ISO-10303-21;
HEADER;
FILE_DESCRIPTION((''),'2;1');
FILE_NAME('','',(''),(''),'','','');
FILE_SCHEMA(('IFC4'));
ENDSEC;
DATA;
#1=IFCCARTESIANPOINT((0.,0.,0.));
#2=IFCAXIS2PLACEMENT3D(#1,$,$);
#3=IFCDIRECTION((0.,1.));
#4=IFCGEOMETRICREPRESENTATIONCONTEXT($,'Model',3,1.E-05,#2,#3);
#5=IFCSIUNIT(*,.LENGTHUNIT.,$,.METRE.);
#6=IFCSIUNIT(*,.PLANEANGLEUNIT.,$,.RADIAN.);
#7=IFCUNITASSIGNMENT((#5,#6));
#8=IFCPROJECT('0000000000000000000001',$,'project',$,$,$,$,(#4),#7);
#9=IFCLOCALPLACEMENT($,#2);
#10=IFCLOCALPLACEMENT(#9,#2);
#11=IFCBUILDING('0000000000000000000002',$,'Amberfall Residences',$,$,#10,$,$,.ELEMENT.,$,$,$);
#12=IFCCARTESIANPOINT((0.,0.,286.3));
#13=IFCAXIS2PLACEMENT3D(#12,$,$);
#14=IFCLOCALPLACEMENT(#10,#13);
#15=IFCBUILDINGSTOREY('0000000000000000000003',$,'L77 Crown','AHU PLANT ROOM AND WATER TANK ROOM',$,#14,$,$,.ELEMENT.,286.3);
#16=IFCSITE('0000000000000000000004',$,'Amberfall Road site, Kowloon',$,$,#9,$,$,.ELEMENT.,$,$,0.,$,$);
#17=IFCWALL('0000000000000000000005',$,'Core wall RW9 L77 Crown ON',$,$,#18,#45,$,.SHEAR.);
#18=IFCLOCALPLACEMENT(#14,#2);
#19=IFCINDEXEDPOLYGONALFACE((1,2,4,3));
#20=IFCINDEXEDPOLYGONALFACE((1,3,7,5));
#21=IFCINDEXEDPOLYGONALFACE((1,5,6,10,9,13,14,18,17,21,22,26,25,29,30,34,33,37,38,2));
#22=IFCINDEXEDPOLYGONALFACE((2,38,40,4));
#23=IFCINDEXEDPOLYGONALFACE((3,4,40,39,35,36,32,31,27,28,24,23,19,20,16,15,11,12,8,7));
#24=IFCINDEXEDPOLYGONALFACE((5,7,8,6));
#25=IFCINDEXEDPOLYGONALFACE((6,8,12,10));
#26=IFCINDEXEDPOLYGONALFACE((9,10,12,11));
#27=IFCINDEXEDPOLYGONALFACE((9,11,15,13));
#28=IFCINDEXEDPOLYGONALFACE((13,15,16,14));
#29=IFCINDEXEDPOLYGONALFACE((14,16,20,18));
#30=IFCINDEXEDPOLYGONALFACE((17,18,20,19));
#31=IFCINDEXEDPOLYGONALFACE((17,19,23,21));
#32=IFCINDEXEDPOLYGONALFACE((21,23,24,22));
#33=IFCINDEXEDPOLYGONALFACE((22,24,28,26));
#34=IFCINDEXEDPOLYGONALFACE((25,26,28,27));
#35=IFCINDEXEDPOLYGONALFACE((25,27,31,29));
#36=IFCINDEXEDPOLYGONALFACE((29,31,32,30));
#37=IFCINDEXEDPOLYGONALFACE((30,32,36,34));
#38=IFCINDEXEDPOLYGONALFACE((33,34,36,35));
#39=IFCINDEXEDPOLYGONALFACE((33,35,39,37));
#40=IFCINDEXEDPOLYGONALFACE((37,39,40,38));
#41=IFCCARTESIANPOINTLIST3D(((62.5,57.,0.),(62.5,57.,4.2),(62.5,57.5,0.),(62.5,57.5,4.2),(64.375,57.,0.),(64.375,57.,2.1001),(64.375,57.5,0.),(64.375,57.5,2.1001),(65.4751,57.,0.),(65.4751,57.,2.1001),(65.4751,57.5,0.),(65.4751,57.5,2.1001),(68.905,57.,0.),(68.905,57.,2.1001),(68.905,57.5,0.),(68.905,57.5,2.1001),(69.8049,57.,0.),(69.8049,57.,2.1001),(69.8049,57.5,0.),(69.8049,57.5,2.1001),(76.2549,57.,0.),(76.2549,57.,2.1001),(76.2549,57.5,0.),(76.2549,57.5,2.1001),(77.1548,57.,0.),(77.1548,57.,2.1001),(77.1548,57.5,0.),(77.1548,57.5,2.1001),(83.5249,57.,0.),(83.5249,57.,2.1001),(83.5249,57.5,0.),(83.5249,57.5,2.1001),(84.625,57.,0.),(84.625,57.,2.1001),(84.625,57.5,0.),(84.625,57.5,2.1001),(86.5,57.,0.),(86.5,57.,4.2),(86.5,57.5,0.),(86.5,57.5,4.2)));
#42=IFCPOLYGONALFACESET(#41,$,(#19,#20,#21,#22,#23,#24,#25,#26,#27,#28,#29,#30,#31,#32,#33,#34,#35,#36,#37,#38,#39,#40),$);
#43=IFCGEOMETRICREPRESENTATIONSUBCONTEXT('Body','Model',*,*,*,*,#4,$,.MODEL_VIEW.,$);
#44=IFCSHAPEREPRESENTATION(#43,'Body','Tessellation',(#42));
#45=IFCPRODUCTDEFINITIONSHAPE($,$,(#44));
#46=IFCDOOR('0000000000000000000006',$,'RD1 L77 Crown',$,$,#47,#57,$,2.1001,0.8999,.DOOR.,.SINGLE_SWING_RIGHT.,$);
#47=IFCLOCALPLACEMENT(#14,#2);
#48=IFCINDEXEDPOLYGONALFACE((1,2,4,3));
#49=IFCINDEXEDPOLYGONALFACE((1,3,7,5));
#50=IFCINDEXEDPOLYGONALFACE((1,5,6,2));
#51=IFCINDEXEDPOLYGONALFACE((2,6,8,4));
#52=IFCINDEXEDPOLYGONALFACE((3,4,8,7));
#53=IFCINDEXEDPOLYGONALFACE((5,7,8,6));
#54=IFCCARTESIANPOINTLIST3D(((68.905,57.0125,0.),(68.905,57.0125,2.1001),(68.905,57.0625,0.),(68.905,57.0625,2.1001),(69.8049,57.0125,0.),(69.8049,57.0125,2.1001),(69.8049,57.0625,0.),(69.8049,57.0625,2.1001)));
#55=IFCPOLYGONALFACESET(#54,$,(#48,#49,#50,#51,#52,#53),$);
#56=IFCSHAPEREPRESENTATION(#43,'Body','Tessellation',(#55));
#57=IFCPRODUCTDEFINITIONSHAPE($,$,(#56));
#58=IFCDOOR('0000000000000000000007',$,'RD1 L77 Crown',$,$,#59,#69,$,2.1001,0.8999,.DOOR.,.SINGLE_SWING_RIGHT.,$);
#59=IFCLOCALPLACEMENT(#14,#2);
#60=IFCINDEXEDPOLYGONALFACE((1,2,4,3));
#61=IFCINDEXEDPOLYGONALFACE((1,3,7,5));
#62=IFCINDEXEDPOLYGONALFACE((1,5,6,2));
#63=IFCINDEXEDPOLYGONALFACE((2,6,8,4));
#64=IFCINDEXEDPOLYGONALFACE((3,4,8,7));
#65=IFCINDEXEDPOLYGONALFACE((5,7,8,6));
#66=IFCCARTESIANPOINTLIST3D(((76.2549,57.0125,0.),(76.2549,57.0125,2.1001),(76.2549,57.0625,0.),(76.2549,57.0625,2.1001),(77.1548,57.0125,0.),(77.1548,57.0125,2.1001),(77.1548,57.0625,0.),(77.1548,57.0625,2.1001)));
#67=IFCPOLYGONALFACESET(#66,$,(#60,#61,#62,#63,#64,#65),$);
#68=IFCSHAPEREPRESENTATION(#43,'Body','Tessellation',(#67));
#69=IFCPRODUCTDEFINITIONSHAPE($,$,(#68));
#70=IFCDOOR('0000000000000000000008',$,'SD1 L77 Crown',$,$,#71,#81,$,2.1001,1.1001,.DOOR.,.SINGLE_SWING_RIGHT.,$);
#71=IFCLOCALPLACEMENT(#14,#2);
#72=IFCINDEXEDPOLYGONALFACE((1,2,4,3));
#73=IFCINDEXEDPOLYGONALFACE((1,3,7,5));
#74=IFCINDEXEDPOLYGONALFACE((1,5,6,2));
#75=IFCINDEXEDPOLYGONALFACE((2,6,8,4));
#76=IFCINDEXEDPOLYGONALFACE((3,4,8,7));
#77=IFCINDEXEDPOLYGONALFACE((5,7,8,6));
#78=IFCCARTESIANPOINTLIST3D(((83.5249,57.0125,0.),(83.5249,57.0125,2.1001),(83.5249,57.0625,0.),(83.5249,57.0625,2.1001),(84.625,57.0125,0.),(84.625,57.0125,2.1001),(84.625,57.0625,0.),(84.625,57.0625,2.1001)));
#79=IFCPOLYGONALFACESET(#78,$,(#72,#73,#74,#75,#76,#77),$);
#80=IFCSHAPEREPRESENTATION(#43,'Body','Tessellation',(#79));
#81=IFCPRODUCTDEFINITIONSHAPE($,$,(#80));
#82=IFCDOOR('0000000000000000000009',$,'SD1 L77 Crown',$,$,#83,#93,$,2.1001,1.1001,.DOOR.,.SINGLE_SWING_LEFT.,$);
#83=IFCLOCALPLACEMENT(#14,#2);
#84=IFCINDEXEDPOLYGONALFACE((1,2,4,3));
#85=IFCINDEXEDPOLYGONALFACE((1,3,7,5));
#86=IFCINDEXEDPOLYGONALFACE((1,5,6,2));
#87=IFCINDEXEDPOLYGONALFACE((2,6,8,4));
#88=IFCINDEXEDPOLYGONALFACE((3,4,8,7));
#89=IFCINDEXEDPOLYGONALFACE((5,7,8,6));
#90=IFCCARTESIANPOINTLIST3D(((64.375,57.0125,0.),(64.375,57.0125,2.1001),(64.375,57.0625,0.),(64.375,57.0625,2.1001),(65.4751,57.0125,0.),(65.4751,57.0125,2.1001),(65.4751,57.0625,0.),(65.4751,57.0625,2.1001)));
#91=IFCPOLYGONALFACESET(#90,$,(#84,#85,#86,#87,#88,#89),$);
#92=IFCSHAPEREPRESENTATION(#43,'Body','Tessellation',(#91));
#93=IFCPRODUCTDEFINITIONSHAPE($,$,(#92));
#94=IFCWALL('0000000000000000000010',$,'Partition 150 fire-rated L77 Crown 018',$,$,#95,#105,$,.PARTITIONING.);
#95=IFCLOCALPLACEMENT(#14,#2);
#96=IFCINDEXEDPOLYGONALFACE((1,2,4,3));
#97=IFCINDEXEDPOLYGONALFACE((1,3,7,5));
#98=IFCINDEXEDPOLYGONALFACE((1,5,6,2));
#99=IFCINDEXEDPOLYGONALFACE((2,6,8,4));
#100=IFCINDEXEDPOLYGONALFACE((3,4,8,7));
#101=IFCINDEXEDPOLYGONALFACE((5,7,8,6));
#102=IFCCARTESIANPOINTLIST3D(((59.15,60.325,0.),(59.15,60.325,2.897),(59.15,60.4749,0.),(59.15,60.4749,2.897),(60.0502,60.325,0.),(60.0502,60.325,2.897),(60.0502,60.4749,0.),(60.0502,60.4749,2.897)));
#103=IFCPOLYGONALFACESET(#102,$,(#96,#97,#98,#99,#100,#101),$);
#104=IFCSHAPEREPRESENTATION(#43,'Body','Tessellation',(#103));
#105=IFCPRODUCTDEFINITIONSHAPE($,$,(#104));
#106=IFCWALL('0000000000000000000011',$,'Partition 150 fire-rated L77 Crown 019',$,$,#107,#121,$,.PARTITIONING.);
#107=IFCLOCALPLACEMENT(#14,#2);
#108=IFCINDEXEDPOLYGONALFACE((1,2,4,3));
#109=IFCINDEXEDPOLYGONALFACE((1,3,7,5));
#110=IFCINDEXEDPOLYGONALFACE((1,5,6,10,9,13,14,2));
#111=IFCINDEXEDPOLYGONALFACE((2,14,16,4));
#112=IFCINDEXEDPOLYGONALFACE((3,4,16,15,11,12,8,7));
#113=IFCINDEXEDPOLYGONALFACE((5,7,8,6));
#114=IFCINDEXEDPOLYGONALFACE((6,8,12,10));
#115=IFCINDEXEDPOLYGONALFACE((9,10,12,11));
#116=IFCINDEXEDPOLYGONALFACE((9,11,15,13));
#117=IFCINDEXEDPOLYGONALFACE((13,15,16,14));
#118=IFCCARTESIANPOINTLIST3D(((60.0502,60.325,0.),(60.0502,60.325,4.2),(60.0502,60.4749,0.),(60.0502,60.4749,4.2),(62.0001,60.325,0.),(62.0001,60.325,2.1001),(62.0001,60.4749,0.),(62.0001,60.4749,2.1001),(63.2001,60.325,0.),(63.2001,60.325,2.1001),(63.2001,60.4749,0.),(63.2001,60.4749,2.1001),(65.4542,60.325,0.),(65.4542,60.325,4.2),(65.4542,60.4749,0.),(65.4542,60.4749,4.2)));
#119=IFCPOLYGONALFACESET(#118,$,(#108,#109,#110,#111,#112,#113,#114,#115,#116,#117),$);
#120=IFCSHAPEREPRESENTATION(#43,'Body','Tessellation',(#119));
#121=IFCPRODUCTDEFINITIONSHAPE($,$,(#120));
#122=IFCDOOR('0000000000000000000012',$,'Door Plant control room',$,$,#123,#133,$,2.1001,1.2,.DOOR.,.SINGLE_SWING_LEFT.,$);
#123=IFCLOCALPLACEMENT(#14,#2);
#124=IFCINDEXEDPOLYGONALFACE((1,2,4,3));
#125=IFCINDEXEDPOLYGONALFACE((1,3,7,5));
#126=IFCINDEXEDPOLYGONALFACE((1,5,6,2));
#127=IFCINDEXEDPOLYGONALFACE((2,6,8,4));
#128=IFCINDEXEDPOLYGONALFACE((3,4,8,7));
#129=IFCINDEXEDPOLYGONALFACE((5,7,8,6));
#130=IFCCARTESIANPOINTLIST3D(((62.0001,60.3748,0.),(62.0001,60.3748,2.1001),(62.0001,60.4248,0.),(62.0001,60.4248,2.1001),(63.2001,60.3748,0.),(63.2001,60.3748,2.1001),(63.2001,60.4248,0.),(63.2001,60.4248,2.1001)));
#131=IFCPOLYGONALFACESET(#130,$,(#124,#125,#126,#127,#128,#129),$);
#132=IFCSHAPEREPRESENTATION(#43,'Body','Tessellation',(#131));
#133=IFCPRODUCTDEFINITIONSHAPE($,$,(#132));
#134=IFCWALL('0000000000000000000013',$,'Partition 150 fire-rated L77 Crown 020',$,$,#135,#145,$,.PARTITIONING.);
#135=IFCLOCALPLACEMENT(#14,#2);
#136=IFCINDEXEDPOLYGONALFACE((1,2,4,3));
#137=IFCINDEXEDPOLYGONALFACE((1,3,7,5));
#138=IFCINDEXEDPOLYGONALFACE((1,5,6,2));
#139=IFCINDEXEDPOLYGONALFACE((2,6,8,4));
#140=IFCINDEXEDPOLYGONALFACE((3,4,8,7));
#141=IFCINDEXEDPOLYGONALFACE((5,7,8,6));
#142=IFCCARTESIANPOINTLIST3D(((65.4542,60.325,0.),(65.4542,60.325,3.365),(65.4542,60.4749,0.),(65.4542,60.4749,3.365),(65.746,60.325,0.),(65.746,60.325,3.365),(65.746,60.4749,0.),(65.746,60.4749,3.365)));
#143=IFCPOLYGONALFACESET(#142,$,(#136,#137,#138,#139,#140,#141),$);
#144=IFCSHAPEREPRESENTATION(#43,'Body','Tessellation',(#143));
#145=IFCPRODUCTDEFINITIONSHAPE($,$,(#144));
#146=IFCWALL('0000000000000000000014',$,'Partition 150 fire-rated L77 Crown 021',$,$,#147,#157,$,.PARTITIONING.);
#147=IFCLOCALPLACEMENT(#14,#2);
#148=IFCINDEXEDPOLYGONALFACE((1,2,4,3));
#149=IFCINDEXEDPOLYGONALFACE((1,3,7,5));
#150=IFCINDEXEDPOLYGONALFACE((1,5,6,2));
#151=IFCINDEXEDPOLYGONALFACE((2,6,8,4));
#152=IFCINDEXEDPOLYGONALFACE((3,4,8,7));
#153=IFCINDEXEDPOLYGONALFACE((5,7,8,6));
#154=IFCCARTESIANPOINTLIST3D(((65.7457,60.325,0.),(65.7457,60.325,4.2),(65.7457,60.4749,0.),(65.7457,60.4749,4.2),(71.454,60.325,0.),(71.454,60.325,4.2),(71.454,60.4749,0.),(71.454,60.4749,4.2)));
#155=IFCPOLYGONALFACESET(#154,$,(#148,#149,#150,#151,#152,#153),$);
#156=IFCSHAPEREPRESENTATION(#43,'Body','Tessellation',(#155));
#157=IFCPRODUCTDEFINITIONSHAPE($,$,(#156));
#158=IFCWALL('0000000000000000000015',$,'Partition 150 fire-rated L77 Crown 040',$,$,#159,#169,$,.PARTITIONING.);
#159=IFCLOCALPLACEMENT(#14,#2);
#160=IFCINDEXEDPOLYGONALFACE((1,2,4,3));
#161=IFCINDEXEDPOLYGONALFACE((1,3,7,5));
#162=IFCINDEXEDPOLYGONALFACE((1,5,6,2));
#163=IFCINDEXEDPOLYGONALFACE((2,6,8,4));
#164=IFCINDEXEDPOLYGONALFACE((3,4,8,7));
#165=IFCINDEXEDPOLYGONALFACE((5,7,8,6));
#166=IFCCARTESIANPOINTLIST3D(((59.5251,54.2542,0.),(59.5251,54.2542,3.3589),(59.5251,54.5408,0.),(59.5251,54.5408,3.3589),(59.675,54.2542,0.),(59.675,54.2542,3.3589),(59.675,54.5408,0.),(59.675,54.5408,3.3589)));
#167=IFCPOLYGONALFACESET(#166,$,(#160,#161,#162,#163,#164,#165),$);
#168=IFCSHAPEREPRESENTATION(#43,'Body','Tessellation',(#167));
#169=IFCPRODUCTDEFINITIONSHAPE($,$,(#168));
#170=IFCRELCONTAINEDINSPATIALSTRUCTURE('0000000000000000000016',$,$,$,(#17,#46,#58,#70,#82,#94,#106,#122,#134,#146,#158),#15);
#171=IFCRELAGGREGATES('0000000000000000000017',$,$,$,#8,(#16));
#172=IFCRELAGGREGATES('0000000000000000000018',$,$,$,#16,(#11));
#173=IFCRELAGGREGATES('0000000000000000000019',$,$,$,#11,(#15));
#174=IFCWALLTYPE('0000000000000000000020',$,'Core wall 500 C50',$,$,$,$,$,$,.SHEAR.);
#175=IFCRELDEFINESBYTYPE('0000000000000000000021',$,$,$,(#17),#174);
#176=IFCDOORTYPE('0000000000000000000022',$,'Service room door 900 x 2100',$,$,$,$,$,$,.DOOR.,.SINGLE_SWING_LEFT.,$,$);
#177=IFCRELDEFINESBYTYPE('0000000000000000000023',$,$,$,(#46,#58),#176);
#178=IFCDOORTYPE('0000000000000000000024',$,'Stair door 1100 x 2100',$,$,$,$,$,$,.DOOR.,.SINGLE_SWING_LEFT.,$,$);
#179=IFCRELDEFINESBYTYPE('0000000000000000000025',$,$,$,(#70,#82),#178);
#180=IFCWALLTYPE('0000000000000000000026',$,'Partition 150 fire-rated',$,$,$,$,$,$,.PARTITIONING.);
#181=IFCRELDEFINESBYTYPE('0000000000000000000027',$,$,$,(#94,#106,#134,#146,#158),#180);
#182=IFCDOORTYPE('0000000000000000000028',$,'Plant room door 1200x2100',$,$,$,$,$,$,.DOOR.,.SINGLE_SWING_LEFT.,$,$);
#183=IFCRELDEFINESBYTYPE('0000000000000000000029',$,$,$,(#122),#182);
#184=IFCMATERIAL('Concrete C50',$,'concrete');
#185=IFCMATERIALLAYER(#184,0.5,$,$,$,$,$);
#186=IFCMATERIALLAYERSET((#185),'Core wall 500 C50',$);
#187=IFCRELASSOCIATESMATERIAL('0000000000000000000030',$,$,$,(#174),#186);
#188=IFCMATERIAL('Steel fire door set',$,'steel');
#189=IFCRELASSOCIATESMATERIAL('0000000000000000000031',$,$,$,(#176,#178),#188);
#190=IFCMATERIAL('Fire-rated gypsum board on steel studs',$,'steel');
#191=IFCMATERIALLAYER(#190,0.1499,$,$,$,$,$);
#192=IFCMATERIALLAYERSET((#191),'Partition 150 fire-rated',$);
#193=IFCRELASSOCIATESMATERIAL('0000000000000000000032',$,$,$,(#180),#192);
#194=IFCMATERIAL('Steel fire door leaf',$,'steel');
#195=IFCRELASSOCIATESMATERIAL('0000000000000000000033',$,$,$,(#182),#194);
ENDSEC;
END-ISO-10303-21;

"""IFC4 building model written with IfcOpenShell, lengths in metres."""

from ifc_helpers import new_model, si_unit, direction, frame, frame_2d, origin, place, context, subcontext, project, spatial, rectangle, extrude, material, layer, layer_set, type_object, element, fill, save


model = new_model("IFC4")

# Units and contexts
model_context = context("Model", 3, precision=1e-05, world=origin(), true_north=direction((0.0, 1.0)))
body_context = subcontext(model_context, "Body", "Model", "MODEL_VIEW")
ifc_project = project(units=[si_unit("LENGTHUNIT", "METRE"), si_unit("PLANEANGLEUNIT", "RADIAN")], contexts=[model_context])

# Site, building, storey
site_placement = place(None, origin())
site = spatial("IfcSite", under=ifc_project, at=site_placement, Name="Amberfall Road site, Kowloon", CompositionType="ELEMENT", RefElevation=0.0)
building_placement = place(site_placement, origin())
building = spatial("IfcBuilding", under=site, at=building_placement, Name="Amberfall Residences", CompositionType="ELEMENT")
storey_placement = place(building_placement, frame((0.0, 0.0, 286.3)))
storey = spatial("IfcBuildingStorey", under=building, at=storey_placement, Name="L77 Crown", Description="AHU PLANT ROOM AND WATER TANK ROOM", CompositionType="ELEMENT", Elevation=286.3)

# Wall, openings, doors
ifc_material_1 = material(Name="Concrete C50", Category="concrete")
ifc_layer_1 = layer(ifc_material_1, 0.5)
ifc_layer_set_1 = layer_set([ifc_layer_1], Name="Core wall 500 C50")
wall_type_1 = type_object("IfcWallType", Name="Core wall 500 C50", PredefinedType="SHEAR", material=ifc_layer_set_1)
wall_1_placement = place(storey_placement, frame((62.5, 57.25, 0.0), z_axis=(0.0, 0.0, 1.0), x_axis=(1.0, 0.0, 0.0)))
wall_1 = element("IfcWall", 1, at=wall_1_placement, inside=storey, type_object=wall_type_1, Name="Core wall RW9 L77 Crown ON", PredefinedType="SHEAR", context=body_context, shape_type="SweptSolid", body=[
    extrude(rectangle(XDim=24.0, YDim=0.5, at=frame_2d((12.0, 0.0))), origin(), (0.0, 0.0, 1.0), 4.2),
])
opening_1_placement = place(wall_1_placement, frame((21.0249, 0.0, 0.0)))
opening_1 = element("IfcOpeningElement", 2, at=opening_1_placement, cuts=wall_1, PredefinedType="OPENING", context=body_context, shape_type="SweptSolid", body=[
    extrude(rectangle(XDim=1.1001, YDim=2.1001, at=frame_2d((0.55, 1.05))), frame((0.0, 0.26, 0.0), z_axis=(0.0, -1.0, 0.0), x_axis=(1.0, 0.0, 0.0)), (0.0, 0.0, 1.0), 0.52),
])
opening_2_placement = place(wall_1_placement, frame((1.875, 0.0, 0.0)))
opening_2 = element("IfcOpeningElement", 3, at=opening_2_placement, cuts=wall_1, PredefinedType="OPENING", context=body_context, shape_type="SweptSolid", body=[
    extrude(rectangle(XDim=1.1001, YDim=2.1001, at=frame_2d((0.55, 1.05))), frame((0.0, 0.26, 0.0), z_axis=(0.0, -1.0, 0.0), x_axis=(1.0, 0.0, 0.0)), (0.0, 0.0, 1.0), 0.52),
])
opening_3_placement = place(wall_1_placement, frame((6.405, 0.0, 0.0)))
opening_3 = element("IfcOpeningElement", 4, at=opening_3_placement, cuts=wall_1, PredefinedType="OPENING", context=body_context, shape_type="SweptSolid", body=[
    extrude(rectangle(XDim=0.8999, YDim=2.1001, at=frame_2d((0.45, 1.05))), frame((0.0, 0.26, 0.0), z_axis=(0.0, -1.0, 0.0), x_axis=(1.0, 0.0, 0.0)), (0.0, 0.0, 1.0), 0.52),
])
opening_4_placement = place(wall_1_placement, frame((13.7549, 0.0, 0.0)))
opening_4 = element("IfcOpeningElement", 5, at=opening_4_placement, cuts=wall_1, PredefinedType="OPENING", context=body_context, shape_type="SweptSolid", body=[
    extrude(rectangle(XDim=0.8999, YDim=2.1001, at=frame_2d((0.45, 1.05))), frame((0.0, 0.26, 0.0), z_axis=(0.0, -1.0, 0.0), x_axis=(1.0, 0.0, 0.0)), (0.0, 0.0, 1.0), 0.52),
])
ifc_material_2 = material(Name="Steel fire door set", Category="steel")
door_type_1 = type_object("IfcDoorType", Name="Service room door 900 x 2100", OperationType="SINGLE_SWING_LEFT", PredefinedType="DOOR", material=ifc_material_2)
door_1_placement = place(opening_3_placement, origin())
door_1 = element("IfcDoor", 6, at=door_1_placement, inside=storey, type_object=door_type_1, Name="RD1 L77 Crown", OperationType="SINGLE_SWING_RIGHT", OverallHeight=2.1001, OverallWidth=0.8999, PredefinedType="DOOR", context=body_context, shape_type="SweptSolid", body=[
    extrude(rectangle(XDim=0.8999, YDim=2.1001, at=frame_2d((0.45, 1.05))), frame((0.0, -0.1875, 0.0), z_axis=(0.0, -1.0, 0.0), x_axis=(1.0, 0.0, 0.0)), (0.0, 0.0, 1.0), 0.05),
])
fill(opening_3, door_1)
door_2_placement = place(opening_4_placement, origin())
door_2 = element("IfcDoor", 7, at=door_2_placement, inside=storey, type_object=door_type_1, Name="RD1 L77 Crown", OperationType="SINGLE_SWING_RIGHT", OverallHeight=2.1001, OverallWidth=0.8999, PredefinedType="DOOR", context=body_context, shape_type="SweptSolid", body=[
    extrude(rectangle(XDim=0.8999, YDim=2.1001, at=frame_2d((0.45, 1.05))), frame((0.0, -0.1875, 0.0), z_axis=(0.0, -1.0, 0.0), x_axis=(1.0, 0.0, 0.0)), (0.0, 0.0, 1.0), 0.05),
])
fill(opening_4, door_2)
door_type_2 = type_object("IfcDoorType", Name="Stair door 1100 x 2100", OperationType="SINGLE_SWING_LEFT", PredefinedType="DOOR", material=ifc_material_2)
door_3_placement = place(opening_1_placement, origin())
door_3 = element("IfcDoor", 8, at=door_3_placement, inside=storey, type_object=door_type_2, Name="SD1 L77 Crown", OperationType="SINGLE_SWING_RIGHT", OverallHeight=2.1001, OverallWidth=1.1001, PredefinedType="DOOR", context=body_context, shape_type="SweptSolid", body=[
    extrude(rectangle(XDim=1.1001, YDim=2.1001, at=frame_2d((0.55, 1.05))), frame((0.0, -0.1875, 0.0), z_axis=(0.0, -1.0, 0.0), x_axis=(1.0, 0.0, 0.0)), (0.0, 0.0, 1.0), 0.05),
])
fill(opening_1, door_3)
door_4_placement = place(opening_2_placement, origin())
door_4 = element("IfcDoor", 9, at=door_4_placement, inside=storey, type_object=door_type_2, Name="SD1 L77 Crown", OperationType="SINGLE_SWING_LEFT", OverallHeight=2.1001, OverallWidth=1.1001, PredefinedType="DOOR", context=body_context, shape_type="SweptSolid", body=[
    extrude(rectangle(XDim=1.1001, YDim=2.1001, at=frame_2d((0.55, 1.05))), frame((0.0, -0.1875, 0.0), z_axis=(0.0, -1.0, 0.0), x_axis=(1.0, 0.0, 0.0)), (0.0, 0.0, 1.0), 0.05),
])
fill(opening_2, door_4)

# Wall
ifc_material_3 = material(Name="Fire-rated gypsum board on steel studs", Category="steel")
ifc_layer_2 = layer(ifc_material_3, 0.1499)
ifc_layer_set_2 = layer_set([ifc_layer_2], Name="Partition 150 fire-rated")
wall_type_2 = type_object("IfcWallType", Name="Partition 150 fire-rated", PredefinedType="PARTITIONING", material=ifc_layer_set_2)
wall_2_placement = place(storey_placement, frame((59.1499, 60.3999, 0.0), z_axis=(0.0, 0.0, 1.0), x_axis=(1.0, 0.0, 0.0)))
element("IfcWall", 10, at=wall_2_placement, inside=storey, type_object=wall_type_2, Name="Partition 150 fire-rated L77 Crown 018", PredefinedType="PARTITIONING", context=body_context, shape_type="SweptSolid", body=[
    extrude(rectangle(XDim=0.9001, YDim=0.1499, at=frame_2d((0.4502, 0.0))), origin(), (0.0, 0.0, 1.0), 2.897),
])

# Wall, opening, door
wall_3_placement = place(storey_placement, frame((60.05, 60.3999, 0.0), z_axis=(0.0, 0.0, 1.0), x_axis=(1.0, 0.0, 0.0)))
wall_3 = element("IfcWall", 11, at=wall_3_placement, inside=storey, type_object=wall_type_2, Name="Partition 150 fire-rated L77 Crown 019", PredefinedType="PARTITIONING", context=body_context, shape_type="SweptSolid", body=[
    extrude(rectangle(XDim=5.4041, YDim=0.1499, at=frame_2d((2.7021, 0.0))), origin(), (0.0, 0.0, 1.0), 4.2),
])
opening_5_placement = place(wall_3_placement, frame((1.95, 0.0, 0.0)))
opening_5 = element("IfcOpeningElement", 12, at=opening_5_placement, cuts=wall_3, PredefinedType="OPENING", context=body_context, shape_type="SweptSolid", body=[
    extrude(rectangle(XDim=1.2, YDim=2.1001, at=frame_2d((0.6001, 1.05))), frame((0.0, 0.085, 0.0), z_axis=(0.0, -1.0, 0.0), x_axis=(1.0, 0.0, 0.0)), (0.0, 0.0, 1.0), 0.1699),
])
ifc_material_4 = material(Name="Steel fire door leaf", Category="steel")
door_type_3 = type_object("IfcDoorType", Name="Plant room door 1200x2100", OperationType="SINGLE_SWING_LEFT", PredefinedType="DOOR", material=ifc_material_4)
door_5_placement = place(opening_5_placement, origin())
door_5 = element("IfcDoor", 13, at=door_5_placement, inside=storey, type_object=door_type_3, Name="Door Plant control room", OperationType="SINGLE_SWING_LEFT", OverallHeight=2.1001, OverallWidth=1.2, PredefinedType="DOOR", context=body_context, shape_type="SweptSolid", body=[
    extrude(rectangle(XDim=1.2, YDim=2.1001, at=frame_2d((0.6001, 1.05))), frame((0.0, 0.0249, 0.0), z_axis=(0.0, -1.0, 0.0), x_axis=(1.0, 0.0, 0.0)), (0.0, 0.0, 1.0), 0.05),
])
fill(opening_5, door_5)

# Walls
wall_4_placement = place(storey_placement, frame((65.4541, 60.3999, 0.0), z_axis=(0.0, 0.0, 1.0), x_axis=(1.0, 0.0, 0.0)))
element("IfcWall", 14, at=wall_4_placement, inside=storey, type_object=wall_type_2, Name="Partition 150 fire-rated L77 Crown 020", PredefinedType="PARTITIONING", context=body_context, shape_type="SweptSolid", body=[
    extrude(rectangle(XDim=0.2917, YDim=0.1499, at=frame_2d((0.146, 0.0))), origin(), (0.0, 0.0, 1.0), 3.365),
])
wall_5_placement = place(storey_placement, frame((65.7458, 60.3999, 0.0), z_axis=(0.0, 0.0, 1.0), x_axis=(1.0, 0.0, 0.0)))
element("IfcWall", 15, at=wall_5_placement, inside=storey, type_object=wall_type_2, Name="Partition 150 fire-rated L77 Crown 021", PredefinedType="PARTITIONING", context=body_context, shape_type="SweptSolid", body=[
    extrude(rectangle(XDim=5.7083, YDim=0.1499, at=frame_2d((2.854, 0.0))), origin(), (0.0, 0.0, 1.0), 4.2),
])
wall_6_placement = place(storey_placement, frame((59.6001, 54.2542, 0.0), z_axis=(0.0, 0.0, 1.0), x_axis=(0.0, 1.0, 0.0)))
element("IfcWall", 16, at=wall_6_placement, inside=storey, type_object=wall_type_2, Name="Partition 150 fire-rated L77 Crown 040", PredefinedType="PARTITIONING", context=body_context, shape_type="SweptSolid", body=[
    extrude(rectangle(XDim=0.2866, YDim=0.1499, at=frame_2d((0.1433, 0.0))), origin(), (0.0, 0.0, 1.0), 3.3589),
])

save(model, "model.ifc")
